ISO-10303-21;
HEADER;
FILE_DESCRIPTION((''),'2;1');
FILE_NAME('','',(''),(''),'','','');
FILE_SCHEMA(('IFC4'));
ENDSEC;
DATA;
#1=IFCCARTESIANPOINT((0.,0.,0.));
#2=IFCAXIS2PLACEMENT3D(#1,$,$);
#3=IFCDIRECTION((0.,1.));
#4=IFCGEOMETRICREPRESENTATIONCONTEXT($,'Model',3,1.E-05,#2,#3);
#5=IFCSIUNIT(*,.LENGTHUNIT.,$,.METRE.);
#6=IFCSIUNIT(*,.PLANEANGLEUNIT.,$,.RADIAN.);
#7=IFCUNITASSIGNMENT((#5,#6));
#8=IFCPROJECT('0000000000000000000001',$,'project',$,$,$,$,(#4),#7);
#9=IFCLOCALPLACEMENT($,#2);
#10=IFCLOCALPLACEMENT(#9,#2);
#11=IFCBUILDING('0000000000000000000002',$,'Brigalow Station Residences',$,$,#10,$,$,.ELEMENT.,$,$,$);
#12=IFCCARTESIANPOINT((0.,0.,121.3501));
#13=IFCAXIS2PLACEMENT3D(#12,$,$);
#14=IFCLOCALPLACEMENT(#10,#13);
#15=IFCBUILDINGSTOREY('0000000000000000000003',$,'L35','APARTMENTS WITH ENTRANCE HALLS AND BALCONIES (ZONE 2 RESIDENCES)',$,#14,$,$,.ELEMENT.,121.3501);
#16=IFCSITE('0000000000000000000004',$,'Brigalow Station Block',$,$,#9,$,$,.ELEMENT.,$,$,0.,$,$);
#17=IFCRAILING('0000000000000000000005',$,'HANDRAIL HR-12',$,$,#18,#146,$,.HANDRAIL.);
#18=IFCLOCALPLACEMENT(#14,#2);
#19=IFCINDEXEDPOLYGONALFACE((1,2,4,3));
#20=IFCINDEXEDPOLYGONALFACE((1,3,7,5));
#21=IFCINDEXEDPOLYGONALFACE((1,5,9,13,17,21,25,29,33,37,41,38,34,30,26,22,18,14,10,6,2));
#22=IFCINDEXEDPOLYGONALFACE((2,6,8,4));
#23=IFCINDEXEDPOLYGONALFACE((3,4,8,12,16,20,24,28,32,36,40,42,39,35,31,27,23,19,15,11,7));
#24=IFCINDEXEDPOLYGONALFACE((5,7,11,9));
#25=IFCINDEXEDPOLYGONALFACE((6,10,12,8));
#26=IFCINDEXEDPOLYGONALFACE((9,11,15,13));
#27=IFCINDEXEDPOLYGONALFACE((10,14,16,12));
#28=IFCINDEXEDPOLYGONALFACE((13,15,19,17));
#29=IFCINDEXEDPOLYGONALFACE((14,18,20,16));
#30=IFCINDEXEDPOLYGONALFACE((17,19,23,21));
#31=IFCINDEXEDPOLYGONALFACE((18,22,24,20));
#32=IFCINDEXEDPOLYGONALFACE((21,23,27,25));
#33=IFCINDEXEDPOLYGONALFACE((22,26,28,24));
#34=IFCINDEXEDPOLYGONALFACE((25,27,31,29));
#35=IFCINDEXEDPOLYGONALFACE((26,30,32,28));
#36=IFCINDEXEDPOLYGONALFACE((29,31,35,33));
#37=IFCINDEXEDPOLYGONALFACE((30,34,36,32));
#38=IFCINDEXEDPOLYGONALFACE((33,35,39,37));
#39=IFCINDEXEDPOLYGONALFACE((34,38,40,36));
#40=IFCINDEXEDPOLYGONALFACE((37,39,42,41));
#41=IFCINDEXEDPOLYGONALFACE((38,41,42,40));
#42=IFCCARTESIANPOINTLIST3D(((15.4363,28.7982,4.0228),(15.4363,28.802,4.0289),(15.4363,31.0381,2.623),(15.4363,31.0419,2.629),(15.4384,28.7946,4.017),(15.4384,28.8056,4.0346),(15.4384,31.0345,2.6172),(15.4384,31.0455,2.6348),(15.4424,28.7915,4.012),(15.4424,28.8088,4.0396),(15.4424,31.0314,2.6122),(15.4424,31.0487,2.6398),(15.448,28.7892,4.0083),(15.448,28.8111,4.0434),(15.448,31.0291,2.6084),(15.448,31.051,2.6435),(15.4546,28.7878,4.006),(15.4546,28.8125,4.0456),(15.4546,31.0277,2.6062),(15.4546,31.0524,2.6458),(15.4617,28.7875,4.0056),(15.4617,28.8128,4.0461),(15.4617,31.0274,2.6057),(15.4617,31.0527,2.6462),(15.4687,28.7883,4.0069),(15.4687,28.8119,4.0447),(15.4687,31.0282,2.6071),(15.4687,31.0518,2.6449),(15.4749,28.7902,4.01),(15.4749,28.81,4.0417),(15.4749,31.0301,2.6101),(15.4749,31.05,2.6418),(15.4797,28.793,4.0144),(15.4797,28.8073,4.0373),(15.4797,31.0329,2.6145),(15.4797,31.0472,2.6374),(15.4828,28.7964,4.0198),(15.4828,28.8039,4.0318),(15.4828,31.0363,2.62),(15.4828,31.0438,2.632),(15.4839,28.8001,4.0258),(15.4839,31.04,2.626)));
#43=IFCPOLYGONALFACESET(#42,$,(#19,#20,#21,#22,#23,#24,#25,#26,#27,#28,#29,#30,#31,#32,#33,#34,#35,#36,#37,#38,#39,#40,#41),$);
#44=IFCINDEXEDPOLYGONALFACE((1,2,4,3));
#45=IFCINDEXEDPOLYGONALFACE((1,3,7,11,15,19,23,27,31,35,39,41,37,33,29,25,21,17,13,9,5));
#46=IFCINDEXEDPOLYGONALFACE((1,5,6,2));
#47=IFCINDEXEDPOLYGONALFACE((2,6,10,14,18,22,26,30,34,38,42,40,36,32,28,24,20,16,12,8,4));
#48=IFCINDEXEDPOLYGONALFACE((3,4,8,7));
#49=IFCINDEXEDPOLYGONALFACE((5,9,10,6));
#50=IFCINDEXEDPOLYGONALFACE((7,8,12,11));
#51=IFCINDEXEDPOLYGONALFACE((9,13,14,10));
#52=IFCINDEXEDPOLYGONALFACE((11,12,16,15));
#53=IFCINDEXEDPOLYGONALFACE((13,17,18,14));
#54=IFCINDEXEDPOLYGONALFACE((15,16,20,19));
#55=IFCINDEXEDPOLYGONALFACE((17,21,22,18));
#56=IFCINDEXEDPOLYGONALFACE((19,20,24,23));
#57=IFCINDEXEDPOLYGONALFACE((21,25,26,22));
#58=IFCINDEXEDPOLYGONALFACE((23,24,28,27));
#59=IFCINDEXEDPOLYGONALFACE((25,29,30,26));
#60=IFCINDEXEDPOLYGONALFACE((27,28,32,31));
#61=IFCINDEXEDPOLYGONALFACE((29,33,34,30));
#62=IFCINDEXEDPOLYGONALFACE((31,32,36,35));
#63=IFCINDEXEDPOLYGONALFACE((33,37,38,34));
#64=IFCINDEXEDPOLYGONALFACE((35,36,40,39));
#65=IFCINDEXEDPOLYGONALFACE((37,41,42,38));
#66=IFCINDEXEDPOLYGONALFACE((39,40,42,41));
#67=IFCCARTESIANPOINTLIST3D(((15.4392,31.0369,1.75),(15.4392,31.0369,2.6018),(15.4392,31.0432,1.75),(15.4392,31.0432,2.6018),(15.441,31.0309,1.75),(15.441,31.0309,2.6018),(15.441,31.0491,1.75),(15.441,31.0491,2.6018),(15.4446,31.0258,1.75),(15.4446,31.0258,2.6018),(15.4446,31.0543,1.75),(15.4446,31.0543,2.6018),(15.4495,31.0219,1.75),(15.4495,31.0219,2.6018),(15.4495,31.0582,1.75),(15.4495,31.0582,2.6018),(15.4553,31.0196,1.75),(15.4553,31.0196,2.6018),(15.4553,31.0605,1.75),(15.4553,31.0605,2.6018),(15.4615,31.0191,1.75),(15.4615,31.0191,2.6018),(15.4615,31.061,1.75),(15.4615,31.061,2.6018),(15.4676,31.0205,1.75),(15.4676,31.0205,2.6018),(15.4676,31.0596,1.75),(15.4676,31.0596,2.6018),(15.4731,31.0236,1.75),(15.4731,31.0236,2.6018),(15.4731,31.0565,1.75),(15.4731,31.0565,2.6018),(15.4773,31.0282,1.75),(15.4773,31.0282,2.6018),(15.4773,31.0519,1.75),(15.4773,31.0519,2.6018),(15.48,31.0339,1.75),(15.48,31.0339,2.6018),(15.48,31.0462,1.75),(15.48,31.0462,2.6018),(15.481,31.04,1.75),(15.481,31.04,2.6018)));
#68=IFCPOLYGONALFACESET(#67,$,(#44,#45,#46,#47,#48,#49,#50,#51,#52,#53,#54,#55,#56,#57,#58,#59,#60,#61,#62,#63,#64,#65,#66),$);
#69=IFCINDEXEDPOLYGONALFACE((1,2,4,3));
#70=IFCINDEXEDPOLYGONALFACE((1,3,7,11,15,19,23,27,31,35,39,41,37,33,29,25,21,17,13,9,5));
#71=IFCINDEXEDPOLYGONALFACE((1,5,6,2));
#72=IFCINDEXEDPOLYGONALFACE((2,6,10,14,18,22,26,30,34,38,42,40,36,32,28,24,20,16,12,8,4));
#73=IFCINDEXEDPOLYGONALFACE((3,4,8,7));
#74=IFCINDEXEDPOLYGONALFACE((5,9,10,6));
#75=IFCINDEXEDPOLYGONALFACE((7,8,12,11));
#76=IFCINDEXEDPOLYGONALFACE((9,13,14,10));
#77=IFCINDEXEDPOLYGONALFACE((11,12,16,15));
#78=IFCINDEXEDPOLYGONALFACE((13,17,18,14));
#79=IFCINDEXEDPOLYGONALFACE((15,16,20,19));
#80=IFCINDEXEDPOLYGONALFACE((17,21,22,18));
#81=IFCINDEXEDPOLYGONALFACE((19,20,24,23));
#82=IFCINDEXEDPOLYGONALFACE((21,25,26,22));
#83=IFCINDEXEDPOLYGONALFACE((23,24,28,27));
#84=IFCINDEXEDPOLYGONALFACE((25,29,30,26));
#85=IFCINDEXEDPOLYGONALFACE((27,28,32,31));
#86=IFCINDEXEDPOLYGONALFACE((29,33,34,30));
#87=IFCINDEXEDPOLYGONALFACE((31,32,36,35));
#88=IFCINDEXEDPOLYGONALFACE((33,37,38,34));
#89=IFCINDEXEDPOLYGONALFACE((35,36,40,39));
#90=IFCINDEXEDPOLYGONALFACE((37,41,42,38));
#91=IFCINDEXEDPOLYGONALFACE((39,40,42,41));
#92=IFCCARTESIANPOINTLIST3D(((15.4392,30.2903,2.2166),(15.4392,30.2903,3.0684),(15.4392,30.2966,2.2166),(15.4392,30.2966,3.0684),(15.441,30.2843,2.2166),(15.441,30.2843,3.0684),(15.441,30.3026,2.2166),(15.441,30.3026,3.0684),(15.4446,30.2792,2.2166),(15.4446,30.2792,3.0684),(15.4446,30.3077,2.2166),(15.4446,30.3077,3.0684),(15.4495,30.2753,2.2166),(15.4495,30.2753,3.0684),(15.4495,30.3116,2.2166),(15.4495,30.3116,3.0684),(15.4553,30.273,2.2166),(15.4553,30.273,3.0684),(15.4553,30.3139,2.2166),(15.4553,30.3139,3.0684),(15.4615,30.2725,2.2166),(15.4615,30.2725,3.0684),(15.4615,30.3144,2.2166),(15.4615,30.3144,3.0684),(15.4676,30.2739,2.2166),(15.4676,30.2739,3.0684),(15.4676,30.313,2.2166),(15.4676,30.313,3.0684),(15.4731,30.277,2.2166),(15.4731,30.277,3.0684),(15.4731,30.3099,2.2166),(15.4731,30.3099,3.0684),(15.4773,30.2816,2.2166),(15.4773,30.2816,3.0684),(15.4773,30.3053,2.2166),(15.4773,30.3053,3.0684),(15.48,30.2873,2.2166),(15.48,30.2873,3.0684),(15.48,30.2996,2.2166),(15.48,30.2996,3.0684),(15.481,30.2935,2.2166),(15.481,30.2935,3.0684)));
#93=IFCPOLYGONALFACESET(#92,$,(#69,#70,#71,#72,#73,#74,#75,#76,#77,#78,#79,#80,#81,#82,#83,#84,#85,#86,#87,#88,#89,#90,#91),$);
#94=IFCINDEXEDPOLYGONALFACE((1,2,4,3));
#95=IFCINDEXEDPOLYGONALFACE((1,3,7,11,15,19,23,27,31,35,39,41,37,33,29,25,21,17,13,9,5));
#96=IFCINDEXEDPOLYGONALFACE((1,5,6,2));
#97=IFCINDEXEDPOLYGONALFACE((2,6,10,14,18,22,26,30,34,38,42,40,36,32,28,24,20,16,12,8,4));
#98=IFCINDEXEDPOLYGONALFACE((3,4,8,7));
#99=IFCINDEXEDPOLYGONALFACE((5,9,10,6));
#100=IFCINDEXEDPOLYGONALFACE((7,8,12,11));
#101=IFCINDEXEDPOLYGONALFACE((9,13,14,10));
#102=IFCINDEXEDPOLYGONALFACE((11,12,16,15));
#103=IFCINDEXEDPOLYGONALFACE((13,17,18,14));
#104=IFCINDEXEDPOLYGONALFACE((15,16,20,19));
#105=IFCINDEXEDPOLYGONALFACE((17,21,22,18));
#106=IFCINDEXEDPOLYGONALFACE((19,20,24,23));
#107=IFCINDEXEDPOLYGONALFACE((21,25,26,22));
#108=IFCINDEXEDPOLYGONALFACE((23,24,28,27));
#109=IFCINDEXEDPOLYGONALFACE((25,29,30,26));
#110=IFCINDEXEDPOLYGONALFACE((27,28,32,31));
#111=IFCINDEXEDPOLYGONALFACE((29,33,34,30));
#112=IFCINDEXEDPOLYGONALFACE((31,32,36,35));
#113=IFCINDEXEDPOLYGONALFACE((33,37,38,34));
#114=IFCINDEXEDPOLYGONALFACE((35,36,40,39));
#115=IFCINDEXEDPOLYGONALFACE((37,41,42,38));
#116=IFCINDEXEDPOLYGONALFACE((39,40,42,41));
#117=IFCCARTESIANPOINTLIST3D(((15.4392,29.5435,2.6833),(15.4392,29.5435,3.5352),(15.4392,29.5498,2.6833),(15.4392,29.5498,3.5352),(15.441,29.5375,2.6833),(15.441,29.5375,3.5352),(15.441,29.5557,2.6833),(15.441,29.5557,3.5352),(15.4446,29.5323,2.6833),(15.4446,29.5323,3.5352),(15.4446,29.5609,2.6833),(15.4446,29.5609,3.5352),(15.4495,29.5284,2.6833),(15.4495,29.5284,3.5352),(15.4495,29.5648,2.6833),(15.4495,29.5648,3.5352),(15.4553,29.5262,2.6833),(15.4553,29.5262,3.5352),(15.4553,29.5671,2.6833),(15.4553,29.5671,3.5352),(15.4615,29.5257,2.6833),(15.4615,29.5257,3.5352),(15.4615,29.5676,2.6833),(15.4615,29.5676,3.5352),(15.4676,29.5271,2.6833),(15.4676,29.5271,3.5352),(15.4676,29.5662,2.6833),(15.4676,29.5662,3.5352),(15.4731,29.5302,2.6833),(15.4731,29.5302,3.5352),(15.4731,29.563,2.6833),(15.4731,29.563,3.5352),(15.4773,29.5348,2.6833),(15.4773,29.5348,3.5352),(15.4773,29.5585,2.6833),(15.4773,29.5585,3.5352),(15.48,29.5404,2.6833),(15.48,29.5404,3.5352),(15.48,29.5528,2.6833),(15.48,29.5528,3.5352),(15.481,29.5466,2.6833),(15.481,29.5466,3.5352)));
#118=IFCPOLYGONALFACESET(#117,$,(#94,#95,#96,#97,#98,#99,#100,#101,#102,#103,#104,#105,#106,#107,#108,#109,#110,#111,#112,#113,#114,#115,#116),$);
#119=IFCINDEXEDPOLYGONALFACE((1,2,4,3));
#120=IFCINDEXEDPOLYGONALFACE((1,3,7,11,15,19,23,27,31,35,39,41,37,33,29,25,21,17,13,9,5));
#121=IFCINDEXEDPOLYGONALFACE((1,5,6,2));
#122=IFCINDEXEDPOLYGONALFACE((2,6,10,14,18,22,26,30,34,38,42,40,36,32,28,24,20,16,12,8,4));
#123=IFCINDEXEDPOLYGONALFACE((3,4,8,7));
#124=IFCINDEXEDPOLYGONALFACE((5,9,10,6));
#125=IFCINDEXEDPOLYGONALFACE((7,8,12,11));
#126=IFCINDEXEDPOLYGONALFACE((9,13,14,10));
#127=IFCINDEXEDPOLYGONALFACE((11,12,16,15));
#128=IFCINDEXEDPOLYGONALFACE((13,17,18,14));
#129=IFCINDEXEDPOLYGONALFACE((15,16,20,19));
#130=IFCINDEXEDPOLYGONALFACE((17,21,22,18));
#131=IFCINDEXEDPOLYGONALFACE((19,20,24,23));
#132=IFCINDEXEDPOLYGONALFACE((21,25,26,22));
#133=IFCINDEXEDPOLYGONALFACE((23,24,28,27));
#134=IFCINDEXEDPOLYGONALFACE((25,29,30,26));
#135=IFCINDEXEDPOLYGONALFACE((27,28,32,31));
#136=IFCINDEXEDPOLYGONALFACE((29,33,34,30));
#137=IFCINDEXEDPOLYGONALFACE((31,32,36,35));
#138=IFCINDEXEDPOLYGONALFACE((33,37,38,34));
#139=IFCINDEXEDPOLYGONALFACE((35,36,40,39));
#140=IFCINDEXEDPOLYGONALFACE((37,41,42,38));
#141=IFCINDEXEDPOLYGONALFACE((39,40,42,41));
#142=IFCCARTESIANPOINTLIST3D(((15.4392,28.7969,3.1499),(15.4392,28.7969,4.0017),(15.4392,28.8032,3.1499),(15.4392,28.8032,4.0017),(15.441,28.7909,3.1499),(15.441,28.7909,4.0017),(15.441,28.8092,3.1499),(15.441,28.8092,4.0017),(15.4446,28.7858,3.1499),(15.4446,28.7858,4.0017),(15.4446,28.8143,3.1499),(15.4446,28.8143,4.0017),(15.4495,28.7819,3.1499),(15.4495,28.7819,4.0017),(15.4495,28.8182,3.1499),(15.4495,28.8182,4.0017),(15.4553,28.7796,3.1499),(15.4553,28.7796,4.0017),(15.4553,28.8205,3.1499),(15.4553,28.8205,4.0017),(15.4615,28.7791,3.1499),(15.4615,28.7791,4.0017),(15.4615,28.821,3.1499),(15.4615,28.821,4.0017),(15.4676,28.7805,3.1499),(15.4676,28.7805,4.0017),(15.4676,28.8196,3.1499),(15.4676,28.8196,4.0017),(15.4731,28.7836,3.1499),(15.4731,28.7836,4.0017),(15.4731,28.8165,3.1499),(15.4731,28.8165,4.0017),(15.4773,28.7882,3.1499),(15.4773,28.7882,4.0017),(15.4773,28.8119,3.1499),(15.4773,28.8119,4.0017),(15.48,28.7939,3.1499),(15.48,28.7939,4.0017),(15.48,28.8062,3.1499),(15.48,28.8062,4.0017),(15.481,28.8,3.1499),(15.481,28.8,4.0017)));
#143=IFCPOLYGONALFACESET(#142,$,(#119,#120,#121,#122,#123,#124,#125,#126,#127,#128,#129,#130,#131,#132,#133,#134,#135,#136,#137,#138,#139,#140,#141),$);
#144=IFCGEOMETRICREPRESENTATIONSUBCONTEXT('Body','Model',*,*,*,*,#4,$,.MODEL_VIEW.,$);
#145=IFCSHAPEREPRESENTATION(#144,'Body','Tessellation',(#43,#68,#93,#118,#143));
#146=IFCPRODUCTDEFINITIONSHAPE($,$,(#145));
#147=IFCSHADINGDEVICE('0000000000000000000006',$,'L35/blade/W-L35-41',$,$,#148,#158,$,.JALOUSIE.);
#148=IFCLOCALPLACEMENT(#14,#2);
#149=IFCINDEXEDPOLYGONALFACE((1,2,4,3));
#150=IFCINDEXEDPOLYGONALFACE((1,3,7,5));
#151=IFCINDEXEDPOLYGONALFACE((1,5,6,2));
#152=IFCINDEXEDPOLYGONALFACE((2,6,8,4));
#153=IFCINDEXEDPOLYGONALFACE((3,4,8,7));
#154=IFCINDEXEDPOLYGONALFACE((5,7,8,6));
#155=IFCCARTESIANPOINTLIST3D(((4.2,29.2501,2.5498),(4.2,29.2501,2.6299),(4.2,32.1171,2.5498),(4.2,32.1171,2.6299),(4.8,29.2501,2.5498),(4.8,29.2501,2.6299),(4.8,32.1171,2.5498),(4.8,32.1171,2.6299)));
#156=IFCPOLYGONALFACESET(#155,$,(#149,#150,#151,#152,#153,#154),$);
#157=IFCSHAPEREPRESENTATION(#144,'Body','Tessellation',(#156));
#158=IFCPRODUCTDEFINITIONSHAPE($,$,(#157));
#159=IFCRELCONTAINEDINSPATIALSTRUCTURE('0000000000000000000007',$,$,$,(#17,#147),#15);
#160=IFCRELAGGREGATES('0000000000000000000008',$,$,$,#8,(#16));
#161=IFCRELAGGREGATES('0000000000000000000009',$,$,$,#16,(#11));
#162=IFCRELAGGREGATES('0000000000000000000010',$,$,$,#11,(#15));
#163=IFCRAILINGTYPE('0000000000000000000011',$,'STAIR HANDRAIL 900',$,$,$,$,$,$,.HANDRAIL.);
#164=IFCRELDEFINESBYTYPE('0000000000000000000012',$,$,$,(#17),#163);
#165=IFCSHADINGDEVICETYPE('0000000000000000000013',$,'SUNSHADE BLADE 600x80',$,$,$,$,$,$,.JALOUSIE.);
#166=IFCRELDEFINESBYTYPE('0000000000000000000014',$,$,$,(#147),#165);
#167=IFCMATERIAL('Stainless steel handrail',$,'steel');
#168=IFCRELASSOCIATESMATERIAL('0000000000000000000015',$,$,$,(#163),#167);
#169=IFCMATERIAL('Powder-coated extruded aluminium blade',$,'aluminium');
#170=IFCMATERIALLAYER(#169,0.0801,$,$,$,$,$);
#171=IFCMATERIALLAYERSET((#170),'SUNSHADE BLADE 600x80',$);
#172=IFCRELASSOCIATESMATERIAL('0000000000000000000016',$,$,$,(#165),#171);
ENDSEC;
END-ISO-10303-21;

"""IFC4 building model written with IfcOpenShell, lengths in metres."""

from ifc_helpers import new_model, si_unit, direction, frame, origin, origin_2d, place, context, subcontext, project, spatial, rectangle, circle, extrude, material, layer, layer_set, type_object, element, save


model = new_model("IFC4")

# Units and contexts
model_context = context("Model", 3, precision=1e-05, world=origin(), true_north=direction((0.0, 1.0)))
body_context = subcontext(model_context, "Body", "Model", "MODEL_VIEW")
ifc_project = project(units=[si_unit("LENGTHUNIT", "METRE"), si_unit("PLANEANGLEUNIT", "RADIAN")], contexts=[model_context])

# Site, building, storey
site_placement = place(None, origin())
site = spatial("IfcSite", under=ifc_project, at=site_placement, Name="Brigalow Station Block", CompositionType="ELEMENT", RefElevation=0.0)
building_placement = place(site_placement, origin())
building = spatial("IfcBuilding", under=site, at=building_placement, Name="Brigalow Station Residences", CompositionType="ELEMENT")
storey_placement = place(building_placement, frame((0.0, 0.0, 121.3501)))
storey = spatial("IfcBuildingStorey", under=building, at=storey_placement, Name="L35", Description="APARTMENTS WITH ENTRANCE HALLS AND BALCONIES (ZONE 2 RESIDENCES)", CompositionType="ELEMENT", Elevation=121.3501)

# Railing
ifc_material_1 = material(Name="Stainless steel handrail", Category="steel")
railing_type_1 = type_object("IfcRailingType", Name="STAIR HANDRAIL 900", PredefinedType="HANDRAIL", material=ifc_material_1)
railing_1_placement = place(storey_placement, frame((15.46, 31.04, 1.75)))
element("IfcRailing", 1, at=railing_1_placement, inside=storey, type_object=railing_type_1, Name="HANDRAIL HR-12", PredefinedType="HANDRAIL", context=body_context, shape_type="SweptSolid", body=[
    extrude(circle(Radius=0.0239, at=origin_2d()), frame((0.0, 0.0, 0.876), z_axis=(0.0, -0.848014, 0.529974), x_axis=(1.0, 0.0, 0.0)), (0.0, 0.0, 1.0), 2.6414),
    extrude(circle(Radius=0.021, at=origin_2d()), origin(), (0.0, 0.0, 1.0), 0.8518),
    extrude(circle(Radius=0.021, at=origin_2d()), frame((0.0, -0.7466, 0.4666)), (0.0, 0.0, 1.0), 0.8518),
    extrude(circle(Radius=0.021, at=origin_2d()), frame((0.0, -1.4934, 0.9333)), (0.0, 0.0, 1.0), 0.8518),
    extrude(circle(Radius=0.021, at=origin_2d()), frame((0.0, -2.24, 1.3999)), (0.0, 0.0, 1.0), 0.8518),
])

# Shading device
ifc_material_2 = material(Name="Powder-coated extruded aluminium blade", Category="aluminium")
ifc_layer_1 = layer(ifc_material_2, 0.0801)
ifc_layer_set_1 = layer_set([ifc_layer_1], Name="SUNSHADE BLADE 600x80")
shading_device_type = type_object("IfcShadingDeviceType", Name="SUNSHADE BLADE 600x80", PredefinedType="JALOUSIE", material=ifc_layer_set_1)
shading_device_placement = place(storey_placement, frame((4.5, 30.6836, 2.5498), z_axis=(0.0, 0.0, 1.0), x_axis=(0.0, -1.0, 0.0)))
element("IfcShadingDevice", 2, at=shading_device_placement, inside=storey, type_object=shading_device_type, Name="L35/blade/W-L35-41", PredefinedType="JALOUSIE", context=body_context, shape_type="SweptSolid", body=[
    extrude(rectangle(XDim=2.8669, YDim=0.6001, at=origin_2d()), origin(), (0.0, 0.0, 1.0), 0.0801),
])

save(model, "model.ifc")
